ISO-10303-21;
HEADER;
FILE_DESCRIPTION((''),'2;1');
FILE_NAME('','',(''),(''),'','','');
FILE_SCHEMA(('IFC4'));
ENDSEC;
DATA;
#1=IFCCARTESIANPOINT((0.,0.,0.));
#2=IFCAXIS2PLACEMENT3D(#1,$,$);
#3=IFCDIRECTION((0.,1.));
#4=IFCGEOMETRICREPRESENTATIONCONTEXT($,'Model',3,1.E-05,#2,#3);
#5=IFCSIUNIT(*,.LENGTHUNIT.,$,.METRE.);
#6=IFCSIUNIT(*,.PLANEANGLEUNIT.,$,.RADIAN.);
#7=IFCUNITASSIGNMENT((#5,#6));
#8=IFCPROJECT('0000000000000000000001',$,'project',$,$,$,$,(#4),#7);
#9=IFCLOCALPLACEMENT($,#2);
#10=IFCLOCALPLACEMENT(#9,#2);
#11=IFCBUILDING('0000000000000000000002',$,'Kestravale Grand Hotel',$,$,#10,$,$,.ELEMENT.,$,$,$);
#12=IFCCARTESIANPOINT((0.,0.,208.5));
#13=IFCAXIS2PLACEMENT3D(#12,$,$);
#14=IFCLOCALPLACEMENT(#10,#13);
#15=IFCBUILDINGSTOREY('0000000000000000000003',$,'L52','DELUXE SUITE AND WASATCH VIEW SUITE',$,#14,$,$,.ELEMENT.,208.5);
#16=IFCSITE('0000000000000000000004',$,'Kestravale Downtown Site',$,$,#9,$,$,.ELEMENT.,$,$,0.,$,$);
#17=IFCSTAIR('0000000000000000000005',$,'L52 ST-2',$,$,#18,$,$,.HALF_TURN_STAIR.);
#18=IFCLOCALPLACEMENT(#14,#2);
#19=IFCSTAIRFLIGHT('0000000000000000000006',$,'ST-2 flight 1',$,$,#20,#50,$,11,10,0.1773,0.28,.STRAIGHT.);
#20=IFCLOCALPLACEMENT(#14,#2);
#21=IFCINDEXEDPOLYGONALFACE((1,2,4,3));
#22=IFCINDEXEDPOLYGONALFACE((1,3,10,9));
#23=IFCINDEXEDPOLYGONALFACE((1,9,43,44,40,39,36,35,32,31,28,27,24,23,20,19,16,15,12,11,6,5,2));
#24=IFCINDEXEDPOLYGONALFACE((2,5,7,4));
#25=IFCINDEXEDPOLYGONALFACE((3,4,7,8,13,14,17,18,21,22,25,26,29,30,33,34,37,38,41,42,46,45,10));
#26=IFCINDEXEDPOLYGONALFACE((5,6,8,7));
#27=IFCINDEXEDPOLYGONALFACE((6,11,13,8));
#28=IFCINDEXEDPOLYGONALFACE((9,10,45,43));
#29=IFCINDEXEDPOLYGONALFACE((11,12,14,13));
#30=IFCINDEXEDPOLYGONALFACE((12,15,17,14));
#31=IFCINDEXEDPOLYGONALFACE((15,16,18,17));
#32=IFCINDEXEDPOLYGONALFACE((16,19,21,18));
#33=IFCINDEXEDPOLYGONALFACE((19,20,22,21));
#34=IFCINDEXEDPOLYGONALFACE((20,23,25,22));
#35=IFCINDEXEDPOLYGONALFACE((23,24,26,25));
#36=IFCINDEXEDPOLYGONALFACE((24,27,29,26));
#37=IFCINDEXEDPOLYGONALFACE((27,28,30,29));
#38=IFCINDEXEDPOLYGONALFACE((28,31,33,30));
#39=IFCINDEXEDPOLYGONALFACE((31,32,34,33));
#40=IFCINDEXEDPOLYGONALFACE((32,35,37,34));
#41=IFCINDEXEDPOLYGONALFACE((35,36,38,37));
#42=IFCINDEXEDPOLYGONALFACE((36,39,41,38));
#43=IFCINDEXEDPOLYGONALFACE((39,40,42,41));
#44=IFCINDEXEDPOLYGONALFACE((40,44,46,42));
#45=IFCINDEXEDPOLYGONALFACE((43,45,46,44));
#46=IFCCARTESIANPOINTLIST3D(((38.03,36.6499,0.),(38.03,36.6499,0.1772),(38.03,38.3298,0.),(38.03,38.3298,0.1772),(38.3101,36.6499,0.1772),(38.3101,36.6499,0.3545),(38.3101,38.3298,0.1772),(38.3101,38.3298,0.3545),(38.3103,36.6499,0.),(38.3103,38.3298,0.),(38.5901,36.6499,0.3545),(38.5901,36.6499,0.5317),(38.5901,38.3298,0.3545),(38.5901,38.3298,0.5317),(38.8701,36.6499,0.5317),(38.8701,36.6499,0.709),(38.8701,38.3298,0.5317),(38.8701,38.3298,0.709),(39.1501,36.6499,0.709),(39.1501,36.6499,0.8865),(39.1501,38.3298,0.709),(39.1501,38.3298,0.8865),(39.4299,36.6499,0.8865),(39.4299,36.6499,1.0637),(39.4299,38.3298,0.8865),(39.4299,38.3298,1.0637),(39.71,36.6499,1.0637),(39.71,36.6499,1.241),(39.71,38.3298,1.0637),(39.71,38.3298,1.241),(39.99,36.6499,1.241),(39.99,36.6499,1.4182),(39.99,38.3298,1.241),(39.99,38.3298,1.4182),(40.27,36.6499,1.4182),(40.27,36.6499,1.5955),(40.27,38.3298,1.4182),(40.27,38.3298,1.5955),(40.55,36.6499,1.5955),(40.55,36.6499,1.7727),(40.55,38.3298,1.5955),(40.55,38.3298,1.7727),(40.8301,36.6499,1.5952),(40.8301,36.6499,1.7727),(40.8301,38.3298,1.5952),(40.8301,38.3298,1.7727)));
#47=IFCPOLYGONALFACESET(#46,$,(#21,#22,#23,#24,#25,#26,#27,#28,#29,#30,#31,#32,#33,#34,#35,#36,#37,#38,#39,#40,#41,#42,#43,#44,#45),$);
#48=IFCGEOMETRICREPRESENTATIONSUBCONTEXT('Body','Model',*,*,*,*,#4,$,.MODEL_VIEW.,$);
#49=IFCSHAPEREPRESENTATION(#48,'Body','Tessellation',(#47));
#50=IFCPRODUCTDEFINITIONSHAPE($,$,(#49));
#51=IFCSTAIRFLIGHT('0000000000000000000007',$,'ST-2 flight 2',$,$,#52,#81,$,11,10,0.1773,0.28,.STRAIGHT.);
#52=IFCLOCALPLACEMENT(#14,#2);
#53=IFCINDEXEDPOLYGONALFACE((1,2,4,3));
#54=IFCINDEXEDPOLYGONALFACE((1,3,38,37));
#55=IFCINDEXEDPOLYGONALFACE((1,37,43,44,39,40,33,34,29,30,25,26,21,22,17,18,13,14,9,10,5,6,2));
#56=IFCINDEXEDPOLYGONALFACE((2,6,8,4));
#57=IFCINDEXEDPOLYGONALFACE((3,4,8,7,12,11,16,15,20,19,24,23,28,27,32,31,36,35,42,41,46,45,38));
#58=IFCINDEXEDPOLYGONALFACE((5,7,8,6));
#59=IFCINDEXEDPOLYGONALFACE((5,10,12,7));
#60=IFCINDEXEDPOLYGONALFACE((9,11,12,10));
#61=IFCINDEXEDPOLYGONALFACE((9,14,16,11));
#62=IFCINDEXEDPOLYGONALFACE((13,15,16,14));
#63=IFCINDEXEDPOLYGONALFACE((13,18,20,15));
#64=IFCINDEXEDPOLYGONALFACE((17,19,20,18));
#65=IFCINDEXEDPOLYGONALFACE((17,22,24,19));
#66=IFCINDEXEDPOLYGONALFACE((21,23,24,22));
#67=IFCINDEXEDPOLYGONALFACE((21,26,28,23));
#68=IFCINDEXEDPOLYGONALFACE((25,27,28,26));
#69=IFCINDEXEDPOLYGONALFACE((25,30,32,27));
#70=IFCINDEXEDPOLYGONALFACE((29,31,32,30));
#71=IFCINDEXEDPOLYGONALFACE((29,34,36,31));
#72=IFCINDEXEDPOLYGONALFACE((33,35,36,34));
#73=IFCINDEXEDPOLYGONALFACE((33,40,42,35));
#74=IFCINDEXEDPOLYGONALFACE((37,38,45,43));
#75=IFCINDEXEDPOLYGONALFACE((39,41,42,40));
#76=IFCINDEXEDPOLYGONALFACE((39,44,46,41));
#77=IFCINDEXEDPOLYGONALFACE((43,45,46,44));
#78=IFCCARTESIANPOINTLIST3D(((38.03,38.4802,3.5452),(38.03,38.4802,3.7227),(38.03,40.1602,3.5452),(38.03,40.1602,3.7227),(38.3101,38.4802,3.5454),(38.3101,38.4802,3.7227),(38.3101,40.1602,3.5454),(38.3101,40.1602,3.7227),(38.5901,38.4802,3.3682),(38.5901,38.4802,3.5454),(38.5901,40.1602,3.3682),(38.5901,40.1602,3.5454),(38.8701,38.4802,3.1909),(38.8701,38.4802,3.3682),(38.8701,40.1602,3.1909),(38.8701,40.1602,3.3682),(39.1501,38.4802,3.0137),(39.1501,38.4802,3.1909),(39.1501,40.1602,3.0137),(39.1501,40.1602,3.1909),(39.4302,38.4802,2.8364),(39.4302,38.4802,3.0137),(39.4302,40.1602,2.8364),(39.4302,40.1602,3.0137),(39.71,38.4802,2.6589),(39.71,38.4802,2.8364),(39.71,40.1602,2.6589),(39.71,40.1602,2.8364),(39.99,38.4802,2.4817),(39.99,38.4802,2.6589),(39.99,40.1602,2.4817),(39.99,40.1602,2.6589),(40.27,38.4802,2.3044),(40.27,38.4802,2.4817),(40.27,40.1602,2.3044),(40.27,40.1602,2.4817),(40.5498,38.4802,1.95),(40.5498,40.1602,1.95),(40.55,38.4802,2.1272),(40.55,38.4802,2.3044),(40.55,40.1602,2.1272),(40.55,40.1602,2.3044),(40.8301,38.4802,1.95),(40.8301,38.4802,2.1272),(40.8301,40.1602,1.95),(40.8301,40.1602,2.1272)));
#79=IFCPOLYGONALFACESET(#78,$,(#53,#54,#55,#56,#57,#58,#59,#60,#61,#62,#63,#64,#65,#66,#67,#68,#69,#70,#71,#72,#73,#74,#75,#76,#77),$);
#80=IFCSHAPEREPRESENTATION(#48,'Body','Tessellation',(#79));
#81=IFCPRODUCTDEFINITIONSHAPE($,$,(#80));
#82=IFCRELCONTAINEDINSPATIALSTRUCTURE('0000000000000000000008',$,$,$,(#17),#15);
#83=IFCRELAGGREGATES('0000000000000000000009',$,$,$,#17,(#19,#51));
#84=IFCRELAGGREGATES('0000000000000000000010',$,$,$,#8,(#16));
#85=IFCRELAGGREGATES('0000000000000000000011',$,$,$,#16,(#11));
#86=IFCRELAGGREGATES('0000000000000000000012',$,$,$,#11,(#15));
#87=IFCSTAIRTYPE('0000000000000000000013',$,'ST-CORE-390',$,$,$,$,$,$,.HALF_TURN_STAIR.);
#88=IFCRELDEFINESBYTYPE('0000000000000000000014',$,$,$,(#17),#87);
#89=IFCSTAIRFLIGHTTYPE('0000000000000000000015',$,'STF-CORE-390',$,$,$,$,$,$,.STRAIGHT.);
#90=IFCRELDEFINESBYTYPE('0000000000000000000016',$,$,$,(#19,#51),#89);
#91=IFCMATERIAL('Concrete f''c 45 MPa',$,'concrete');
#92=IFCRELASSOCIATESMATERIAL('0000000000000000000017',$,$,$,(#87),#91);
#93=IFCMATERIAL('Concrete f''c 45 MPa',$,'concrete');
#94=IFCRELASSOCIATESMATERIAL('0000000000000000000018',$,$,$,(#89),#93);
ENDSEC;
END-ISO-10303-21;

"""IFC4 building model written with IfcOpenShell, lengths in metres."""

from ifc_helpers import new_model, si_unit, direction, frame, origin, place, context, subcontext, project, spatial, polyline, outline, extrude, material, type_object, element, aggregate, save


model = new_model("IFC4")

# Units and contexts
model_context = context("Model", 3, precision=1e-05, world=origin(), true_north=direction((0.0, 1.0)))
body_context = subcontext(model_context, "Body", "Model", "MODEL_VIEW")
ifc_project = project(units=[si_unit("LENGTHUNIT", "METRE"), si_unit("PLANEANGLEUNIT", "RADIAN")], contexts=[model_context])

# Site, building, storey
site_placement = place(None, origin())
site = spatial("IfcSite", under=ifc_project, at=site_placement, Name="Kestravale Downtown Site", CompositionType="ELEMENT", RefElevation=0.0)
building_placement = place(site_placement, origin())
building = spatial("IfcBuilding", under=site, at=building_placement, Name="Kestravale Grand Hotel", CompositionType="ELEMENT")
storey_placement = place(building_placement, frame((0.0, 0.0, 208.5)))
storey = spatial("IfcBuildingStorey", under=building, at=storey_placement, Name="L52", Description="DELUXE SUITE AND WASATCH VIEW SUITE", CompositionType="ELEMENT", Elevation=208.5)

# Stair, stair flights
ifc_material_1 = material(Name="Concrete f'c 45 MPa", Category="concrete")
stair_type = type_object("IfcStairType", Name="ST-CORE-390", PredefinedType="HALF_TURN_STAIR", material=ifc_material_1)
stair_placement = place(storey_placement, origin())
stair = element("IfcStair", 1, at=stair_placement, inside=storey, type_object=stair_type, Name="L52 ST-2", PredefinedType="HALF_TURN_STAIR")
ifc_material_2 = material(Name="Concrete f'c 45 MPa", Category="concrete")
stair_flight_type = type_object("IfcStairFlightType", Name="STF-CORE-390", PredefinedType="STRAIGHT", material=ifc_material_2)
stair_flight_1_placement = place(storey_placement, frame((38.03, 37.49, 0.0), z_axis=(0.0, 0.0, 1.0), x_axis=(1.0, 0.0, 0.0)))
stair_flight_1 = element("IfcStairFlight", 2, at=stair_flight_1_placement, type_object=stair_flight_type, Name="ST-2 flight 1", NumberOfRisers=11, NumberOfTreads=10, PredefinedType="STRAIGHT", RiserHeight=0.1773, TreadLength=0.28, context=body_context, shape_type="SweptSolid", body=[
    extrude(outline(polyline([(0.0, 0.0), (0.0, 0.1772), (0.28, 0.1772), (0.28, 0.3545), (0.5601, 0.3545), (0.5601, 0.5317), (0.8401, 0.5317), (0.8401, 0.709), (1.1201, 0.709), (1.1201, 0.8865), (1.3999, 0.8865), (1.3999, 1.0637), (1.6799, 1.0637), (1.6799, 1.241), (1.96, 1.241), (1.96, 1.4182), (2.24, 1.4182), (2.24, 1.5955), (2.52, 1.5955), (2.52, 1.7727), (2.8, 1.7727), (2.8, 1.95), (2.8, 1.5952), (0.2803, 0.0), (0.0, 0.0)])), frame((0.0, 0.8398, 0.0), z_axis=(0.0, -1.0, 0.0), x_axis=(1.0, 0.0, 0.0)), (0.0, 0.0, 1.0), 1.6799),
])
stair_flight_2_placement = place(storey_placement, frame((40.8301, 39.3201, 1.95), z_axis=(0.0, 0.0, 1.0), x_axis=(-1.0, 0.0, 0.0)))
stair_flight_2 = element("IfcStairFlight", 3, at=stair_flight_2_placement, type_object=stair_flight_type, Name="ST-2 flight 2", NumberOfRisers=11, NumberOfTreads=10, PredefinedType="STRAIGHT", RiserHeight=0.1773, TreadLength=0.28, context=body_context, shape_type="SweptSolid", body=[
    extrude(outline(polyline([(0.0, 0.0), (0.0, 0.1772), (0.28, 0.1772), (0.28, 0.3545), (0.5601, 0.3545), (0.5601, 0.5317), (0.8401, 0.5317), (0.8401, 0.709), (1.1201, 0.709), (1.1201, 0.8865), (1.3999, 0.8865), (1.3999, 1.0637), (1.6799, 1.0637), (1.6799, 1.241), (1.96, 1.241), (1.96, 1.4182), (2.24, 1.4182), (2.24, 1.5955), (2.52, 1.5955), (2.52, 1.7727), (2.8, 1.7727), (2.8, 1.95), (2.8, 1.5952), (0.2803, 0.0), (0.0, 0.0)])), frame((0.0, 0.8398, 0.0), z_axis=(0.0, -1.0, 0.0), x_axis=(1.0, 0.0, 0.0)), (0.0, 0.0, 1.0), 1.6799),
])
aggregate(stair, [stair_flight_1, stair_flight_2])

save(model, "model.ifc")
